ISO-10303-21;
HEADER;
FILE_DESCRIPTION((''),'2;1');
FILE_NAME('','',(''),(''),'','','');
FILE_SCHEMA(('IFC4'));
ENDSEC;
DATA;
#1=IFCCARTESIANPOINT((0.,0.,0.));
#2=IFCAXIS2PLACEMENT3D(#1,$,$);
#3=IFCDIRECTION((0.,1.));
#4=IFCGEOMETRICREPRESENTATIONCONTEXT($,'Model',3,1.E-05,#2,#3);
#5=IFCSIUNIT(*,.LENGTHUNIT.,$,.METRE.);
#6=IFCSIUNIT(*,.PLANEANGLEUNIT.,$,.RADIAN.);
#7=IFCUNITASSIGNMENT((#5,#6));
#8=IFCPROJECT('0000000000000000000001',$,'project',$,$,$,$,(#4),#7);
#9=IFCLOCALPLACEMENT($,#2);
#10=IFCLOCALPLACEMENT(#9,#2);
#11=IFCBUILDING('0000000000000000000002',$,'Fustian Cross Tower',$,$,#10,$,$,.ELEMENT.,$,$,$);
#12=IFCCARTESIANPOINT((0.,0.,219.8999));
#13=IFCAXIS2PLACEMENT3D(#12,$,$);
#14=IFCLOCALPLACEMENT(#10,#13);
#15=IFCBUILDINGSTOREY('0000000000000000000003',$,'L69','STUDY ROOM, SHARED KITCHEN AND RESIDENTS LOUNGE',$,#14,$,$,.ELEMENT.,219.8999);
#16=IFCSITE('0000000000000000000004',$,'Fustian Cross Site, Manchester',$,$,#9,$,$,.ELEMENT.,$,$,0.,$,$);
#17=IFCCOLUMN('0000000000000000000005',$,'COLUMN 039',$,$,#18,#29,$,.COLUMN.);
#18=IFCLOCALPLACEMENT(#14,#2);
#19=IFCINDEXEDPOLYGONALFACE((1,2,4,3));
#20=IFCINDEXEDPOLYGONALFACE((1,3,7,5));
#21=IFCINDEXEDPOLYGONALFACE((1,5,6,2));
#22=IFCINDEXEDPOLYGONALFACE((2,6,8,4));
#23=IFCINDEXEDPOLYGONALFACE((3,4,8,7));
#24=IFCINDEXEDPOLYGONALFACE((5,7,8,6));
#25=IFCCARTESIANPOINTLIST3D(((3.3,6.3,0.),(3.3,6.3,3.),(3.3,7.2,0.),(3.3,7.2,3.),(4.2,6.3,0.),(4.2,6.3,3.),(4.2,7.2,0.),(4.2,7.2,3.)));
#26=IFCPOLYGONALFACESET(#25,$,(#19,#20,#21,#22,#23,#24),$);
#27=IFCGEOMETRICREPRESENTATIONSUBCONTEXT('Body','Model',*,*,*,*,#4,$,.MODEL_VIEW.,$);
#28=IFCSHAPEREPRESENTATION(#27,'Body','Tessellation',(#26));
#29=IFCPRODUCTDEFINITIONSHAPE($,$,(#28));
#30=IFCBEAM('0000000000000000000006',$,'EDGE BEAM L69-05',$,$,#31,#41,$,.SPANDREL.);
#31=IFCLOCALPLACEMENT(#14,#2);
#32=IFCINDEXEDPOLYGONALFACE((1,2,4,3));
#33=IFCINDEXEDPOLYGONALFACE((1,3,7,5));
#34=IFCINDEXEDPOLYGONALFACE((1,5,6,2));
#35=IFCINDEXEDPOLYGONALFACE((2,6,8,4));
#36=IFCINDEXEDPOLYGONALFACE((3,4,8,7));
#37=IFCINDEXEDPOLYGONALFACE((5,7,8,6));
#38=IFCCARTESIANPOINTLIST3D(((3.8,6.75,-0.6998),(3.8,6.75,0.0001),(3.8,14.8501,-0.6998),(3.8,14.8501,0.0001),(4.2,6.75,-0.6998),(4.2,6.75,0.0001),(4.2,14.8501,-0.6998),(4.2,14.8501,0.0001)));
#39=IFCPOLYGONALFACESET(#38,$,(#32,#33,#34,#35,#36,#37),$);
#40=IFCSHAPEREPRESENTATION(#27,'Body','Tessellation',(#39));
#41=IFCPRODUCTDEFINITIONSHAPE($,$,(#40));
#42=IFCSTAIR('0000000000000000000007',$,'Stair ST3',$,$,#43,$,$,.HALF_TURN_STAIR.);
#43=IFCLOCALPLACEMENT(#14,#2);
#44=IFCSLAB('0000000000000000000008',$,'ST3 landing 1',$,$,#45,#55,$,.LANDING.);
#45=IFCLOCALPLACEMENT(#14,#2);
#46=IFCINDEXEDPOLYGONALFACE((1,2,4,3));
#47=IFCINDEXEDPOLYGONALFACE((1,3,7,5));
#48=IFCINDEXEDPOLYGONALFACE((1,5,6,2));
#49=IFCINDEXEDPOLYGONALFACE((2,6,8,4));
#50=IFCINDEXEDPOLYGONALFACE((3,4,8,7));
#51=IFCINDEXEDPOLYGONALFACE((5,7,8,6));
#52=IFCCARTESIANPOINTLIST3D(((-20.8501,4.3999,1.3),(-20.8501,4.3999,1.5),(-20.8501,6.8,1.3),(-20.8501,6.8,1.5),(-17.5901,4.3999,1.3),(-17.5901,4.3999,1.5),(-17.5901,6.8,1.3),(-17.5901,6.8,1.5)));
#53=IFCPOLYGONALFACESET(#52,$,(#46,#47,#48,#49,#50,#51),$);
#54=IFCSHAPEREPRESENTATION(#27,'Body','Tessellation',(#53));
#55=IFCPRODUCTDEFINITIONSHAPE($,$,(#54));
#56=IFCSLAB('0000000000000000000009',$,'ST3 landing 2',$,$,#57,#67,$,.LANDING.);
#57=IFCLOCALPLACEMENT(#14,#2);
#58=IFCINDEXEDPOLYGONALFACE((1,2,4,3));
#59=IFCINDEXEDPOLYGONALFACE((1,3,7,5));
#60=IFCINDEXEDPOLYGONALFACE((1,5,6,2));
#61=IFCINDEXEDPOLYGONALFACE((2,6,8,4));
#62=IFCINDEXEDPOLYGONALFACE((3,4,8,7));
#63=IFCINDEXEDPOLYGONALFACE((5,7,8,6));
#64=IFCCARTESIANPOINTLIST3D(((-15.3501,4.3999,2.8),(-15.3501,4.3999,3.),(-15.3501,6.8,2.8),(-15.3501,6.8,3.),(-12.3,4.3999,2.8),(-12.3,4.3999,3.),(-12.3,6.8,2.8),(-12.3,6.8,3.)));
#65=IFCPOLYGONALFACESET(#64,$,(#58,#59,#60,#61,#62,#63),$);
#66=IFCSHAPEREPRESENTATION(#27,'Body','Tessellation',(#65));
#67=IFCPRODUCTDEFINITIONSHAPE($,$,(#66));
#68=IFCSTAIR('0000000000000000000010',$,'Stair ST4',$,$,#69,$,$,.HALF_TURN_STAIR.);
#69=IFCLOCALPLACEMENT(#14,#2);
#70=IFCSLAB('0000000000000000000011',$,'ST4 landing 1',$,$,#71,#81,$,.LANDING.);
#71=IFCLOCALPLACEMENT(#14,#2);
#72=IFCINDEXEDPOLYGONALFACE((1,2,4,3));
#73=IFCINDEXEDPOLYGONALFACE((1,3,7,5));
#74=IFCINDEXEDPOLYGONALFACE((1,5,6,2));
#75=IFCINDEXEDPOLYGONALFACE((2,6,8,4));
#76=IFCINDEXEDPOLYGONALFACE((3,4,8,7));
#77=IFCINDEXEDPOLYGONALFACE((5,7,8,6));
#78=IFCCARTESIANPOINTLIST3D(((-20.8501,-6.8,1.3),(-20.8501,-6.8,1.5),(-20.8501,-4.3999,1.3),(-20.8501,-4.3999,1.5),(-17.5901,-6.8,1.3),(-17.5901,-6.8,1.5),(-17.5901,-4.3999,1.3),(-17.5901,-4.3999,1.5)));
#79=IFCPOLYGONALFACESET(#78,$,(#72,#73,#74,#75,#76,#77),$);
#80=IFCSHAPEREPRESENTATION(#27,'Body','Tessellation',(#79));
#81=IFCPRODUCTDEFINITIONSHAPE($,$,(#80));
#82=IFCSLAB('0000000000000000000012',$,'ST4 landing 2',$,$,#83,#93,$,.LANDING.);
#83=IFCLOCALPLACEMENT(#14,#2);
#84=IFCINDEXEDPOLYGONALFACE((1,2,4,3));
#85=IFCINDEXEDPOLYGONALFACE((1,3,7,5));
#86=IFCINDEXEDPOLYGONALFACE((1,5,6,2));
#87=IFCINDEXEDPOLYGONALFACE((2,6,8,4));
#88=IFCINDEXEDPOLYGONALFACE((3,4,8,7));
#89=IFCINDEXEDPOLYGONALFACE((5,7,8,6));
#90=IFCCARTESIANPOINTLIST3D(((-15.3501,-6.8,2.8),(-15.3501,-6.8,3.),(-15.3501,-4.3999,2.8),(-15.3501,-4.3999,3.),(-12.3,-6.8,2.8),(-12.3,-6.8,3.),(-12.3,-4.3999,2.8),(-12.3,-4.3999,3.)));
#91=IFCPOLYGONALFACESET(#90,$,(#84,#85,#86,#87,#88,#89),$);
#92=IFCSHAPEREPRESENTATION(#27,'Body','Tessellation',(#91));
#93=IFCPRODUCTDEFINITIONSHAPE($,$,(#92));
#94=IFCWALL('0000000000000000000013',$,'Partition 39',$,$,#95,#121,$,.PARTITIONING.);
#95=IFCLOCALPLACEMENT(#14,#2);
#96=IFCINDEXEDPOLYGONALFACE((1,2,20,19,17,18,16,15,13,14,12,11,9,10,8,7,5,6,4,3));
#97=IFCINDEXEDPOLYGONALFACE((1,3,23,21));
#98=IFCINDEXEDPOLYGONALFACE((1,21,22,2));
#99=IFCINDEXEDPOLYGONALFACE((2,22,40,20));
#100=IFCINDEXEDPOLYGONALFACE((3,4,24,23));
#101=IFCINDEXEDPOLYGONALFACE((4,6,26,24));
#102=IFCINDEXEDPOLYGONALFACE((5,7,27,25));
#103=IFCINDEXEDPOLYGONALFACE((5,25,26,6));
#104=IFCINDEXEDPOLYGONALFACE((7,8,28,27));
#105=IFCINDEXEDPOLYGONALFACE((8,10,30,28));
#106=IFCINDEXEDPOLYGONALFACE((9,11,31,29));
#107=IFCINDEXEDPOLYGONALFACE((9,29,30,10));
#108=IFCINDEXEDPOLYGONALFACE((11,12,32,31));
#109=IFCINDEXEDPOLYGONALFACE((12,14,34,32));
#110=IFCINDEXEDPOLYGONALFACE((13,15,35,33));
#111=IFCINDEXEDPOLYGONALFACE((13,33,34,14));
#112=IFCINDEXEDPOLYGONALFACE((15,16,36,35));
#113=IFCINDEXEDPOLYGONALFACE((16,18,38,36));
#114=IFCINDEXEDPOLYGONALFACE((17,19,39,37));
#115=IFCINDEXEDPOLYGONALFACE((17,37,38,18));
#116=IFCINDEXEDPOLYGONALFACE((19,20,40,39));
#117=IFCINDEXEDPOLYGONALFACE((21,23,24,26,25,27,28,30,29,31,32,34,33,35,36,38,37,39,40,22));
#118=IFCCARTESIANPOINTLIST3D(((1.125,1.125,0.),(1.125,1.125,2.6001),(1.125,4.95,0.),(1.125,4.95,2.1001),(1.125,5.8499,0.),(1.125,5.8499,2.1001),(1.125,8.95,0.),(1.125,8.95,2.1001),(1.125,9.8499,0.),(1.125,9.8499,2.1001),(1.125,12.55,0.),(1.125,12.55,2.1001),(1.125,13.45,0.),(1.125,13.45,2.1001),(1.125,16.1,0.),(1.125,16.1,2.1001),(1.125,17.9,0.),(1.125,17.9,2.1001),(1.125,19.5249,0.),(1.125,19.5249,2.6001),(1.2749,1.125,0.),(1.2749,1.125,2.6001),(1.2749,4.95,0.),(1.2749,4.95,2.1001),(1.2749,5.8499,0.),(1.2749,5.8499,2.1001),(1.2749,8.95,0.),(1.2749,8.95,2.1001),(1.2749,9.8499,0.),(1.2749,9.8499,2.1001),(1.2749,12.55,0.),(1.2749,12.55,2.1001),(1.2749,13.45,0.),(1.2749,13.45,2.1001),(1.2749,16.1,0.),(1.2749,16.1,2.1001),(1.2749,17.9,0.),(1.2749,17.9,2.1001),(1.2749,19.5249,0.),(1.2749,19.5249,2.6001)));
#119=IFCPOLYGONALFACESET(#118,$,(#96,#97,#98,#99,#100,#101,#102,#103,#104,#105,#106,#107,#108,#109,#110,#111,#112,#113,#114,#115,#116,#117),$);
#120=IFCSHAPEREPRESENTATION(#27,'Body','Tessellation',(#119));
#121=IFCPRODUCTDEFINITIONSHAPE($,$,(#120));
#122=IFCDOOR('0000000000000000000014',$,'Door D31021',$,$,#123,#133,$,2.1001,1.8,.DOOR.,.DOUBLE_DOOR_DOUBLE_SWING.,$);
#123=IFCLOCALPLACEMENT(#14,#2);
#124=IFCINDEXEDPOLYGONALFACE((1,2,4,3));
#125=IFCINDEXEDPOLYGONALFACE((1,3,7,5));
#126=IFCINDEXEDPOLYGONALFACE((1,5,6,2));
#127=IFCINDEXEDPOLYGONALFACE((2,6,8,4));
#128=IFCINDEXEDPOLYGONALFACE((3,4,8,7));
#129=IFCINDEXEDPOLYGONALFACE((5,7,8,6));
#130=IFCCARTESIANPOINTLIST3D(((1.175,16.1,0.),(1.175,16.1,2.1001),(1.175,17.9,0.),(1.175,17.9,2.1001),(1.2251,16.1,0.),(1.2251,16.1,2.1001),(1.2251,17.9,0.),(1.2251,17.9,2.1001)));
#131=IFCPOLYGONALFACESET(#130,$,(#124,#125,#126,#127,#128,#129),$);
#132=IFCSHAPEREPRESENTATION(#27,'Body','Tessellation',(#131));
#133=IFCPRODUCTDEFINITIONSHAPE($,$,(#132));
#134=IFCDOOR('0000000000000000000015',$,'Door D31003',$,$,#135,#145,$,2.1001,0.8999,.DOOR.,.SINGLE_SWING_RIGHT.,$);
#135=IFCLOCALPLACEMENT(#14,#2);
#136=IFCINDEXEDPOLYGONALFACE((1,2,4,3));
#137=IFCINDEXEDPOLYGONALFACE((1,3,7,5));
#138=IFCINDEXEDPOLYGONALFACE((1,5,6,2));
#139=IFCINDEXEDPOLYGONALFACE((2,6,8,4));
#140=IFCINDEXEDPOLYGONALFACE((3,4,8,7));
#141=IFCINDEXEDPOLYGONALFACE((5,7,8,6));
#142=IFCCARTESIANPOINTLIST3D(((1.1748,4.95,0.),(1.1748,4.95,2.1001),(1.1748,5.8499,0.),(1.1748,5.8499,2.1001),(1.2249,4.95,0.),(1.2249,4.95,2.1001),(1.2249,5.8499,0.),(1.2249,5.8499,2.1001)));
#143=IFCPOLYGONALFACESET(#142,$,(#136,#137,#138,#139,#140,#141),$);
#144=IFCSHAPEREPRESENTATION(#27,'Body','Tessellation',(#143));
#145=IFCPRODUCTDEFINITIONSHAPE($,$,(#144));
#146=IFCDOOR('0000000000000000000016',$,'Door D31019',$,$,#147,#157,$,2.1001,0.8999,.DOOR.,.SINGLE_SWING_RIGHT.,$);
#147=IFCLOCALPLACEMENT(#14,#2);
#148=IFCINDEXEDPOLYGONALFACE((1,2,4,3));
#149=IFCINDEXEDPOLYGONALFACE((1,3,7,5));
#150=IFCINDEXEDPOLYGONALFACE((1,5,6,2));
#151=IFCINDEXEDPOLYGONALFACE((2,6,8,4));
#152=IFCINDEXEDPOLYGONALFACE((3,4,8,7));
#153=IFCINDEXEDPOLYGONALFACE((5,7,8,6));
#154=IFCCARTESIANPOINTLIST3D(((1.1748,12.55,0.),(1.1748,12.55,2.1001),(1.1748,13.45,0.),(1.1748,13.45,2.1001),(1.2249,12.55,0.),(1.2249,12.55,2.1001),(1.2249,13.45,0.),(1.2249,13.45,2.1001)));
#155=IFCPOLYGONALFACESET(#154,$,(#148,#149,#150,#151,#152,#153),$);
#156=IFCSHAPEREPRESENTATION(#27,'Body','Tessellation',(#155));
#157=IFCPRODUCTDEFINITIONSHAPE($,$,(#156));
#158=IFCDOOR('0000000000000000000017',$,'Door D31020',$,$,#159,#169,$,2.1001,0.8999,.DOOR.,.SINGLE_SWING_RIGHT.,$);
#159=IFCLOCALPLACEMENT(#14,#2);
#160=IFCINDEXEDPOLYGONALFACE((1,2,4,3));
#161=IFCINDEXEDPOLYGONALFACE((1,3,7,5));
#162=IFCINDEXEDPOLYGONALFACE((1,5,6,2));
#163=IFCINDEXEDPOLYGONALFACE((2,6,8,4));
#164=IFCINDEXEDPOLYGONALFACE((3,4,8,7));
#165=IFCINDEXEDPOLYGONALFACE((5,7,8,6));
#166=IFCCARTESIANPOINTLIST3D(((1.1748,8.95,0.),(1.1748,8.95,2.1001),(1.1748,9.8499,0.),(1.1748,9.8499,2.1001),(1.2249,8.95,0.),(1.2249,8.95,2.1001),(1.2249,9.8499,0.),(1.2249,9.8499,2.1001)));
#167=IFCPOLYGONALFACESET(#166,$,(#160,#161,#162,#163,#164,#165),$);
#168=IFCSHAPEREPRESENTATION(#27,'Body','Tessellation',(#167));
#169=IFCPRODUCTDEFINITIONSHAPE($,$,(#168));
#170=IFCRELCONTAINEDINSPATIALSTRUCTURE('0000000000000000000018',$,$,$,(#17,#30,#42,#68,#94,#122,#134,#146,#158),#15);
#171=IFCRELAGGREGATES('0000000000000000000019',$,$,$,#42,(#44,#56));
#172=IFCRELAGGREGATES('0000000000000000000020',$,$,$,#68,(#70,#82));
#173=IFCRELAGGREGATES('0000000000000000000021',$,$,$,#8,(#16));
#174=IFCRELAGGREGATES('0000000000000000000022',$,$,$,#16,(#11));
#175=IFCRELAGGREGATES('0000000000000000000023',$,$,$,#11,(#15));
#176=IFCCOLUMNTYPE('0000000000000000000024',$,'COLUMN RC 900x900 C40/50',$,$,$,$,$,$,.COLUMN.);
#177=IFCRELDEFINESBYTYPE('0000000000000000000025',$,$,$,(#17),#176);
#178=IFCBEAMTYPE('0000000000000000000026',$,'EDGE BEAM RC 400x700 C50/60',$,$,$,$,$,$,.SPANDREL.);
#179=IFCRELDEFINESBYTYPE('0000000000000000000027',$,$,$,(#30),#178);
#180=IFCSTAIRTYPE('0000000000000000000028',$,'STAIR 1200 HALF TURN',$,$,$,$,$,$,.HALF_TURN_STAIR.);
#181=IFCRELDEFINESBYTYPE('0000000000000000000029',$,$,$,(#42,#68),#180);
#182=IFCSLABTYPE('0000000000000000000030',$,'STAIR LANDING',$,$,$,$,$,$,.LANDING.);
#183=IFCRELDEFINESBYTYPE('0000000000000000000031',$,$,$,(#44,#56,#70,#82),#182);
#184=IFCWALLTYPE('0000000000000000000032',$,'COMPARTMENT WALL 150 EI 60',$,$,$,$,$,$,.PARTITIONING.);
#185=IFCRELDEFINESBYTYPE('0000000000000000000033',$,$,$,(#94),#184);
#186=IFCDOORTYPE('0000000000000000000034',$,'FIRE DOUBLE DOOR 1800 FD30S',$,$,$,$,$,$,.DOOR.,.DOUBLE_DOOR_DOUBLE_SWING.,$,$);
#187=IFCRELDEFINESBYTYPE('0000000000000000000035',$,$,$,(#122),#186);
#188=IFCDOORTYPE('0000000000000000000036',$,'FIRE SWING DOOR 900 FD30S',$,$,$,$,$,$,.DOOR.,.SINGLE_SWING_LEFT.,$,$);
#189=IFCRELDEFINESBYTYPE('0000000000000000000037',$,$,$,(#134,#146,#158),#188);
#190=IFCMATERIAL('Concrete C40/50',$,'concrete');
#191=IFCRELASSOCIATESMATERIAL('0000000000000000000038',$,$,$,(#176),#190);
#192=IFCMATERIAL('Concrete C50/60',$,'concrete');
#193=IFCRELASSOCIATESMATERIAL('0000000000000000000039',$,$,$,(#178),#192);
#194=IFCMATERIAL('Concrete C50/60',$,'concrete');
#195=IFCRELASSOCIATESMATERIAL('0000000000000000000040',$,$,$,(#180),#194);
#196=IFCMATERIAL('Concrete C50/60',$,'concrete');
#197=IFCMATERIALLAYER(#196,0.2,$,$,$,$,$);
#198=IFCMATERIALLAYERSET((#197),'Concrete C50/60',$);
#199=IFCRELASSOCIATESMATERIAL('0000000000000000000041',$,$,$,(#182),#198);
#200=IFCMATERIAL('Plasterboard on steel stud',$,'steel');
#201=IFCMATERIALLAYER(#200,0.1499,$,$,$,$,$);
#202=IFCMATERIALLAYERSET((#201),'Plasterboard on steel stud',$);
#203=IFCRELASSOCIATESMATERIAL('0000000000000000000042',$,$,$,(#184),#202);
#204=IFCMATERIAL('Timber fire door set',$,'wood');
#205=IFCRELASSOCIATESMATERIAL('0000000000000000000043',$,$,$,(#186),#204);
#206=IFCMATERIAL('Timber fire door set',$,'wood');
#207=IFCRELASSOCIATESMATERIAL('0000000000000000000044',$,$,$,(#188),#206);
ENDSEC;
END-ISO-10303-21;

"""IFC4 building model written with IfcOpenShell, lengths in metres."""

from ifc_helpers import new_model, si_unit, direction, frame, frame_2d, origin, origin_2d, place, context, subcontext, project, spatial, polyline, rectangle, outline, extrude, material, layer, layer_set, material_profile, profile_set, type_object, element, fill, aggregate, save


model = new_model("IFC4")

# Units and contexts
model_context = context("Model", 3, precision=1e-05, world=origin(), true_north=direction((0.0, 1.0)))
body_context = subcontext(model_context, "Body", "Model", "MODEL_VIEW")
ifc_project = project(units=[si_unit("LENGTHUNIT", "METRE"), si_unit("PLANEANGLEUNIT", "RADIAN")], contexts=[model_context])

# Site, building, storey
site_placement = place(None, origin())
site = spatial("IfcSite", under=ifc_project, at=site_placement, Name="Fustian Cross Site, Manchester", CompositionType="ELEMENT", RefElevation=0.0)
building_placement = place(site_placement, origin())
building = spatial("IfcBuilding", under=site, at=building_placement, Name="Fustian Cross Tower", CompositionType="ELEMENT")
storey_placement = place(building_placement, frame((0.0, 0.0, 219.8999)))
storey = spatial("IfcBuildingStorey", under=building, at=storey_placement, Name="L69", Description="STUDY ROOM, SHARED KITCHEN AND RESIDENTS LOUNGE", CompositionType="ELEMENT", Elevation=219.8999)

# Column
ifc_material_1 = material(Name="Concrete C40/50", Category="concrete")
ifc_material_profile_1 = material_profile(ifc_material_1, rectangle(XDim=0.8999, YDim=0.8999, at=origin_2d()), Name="RC 900x900")
ifc_profile_set_1 = profile_set([ifc_material_profile_1], Name="Concrete C40/50")
column_type = type_object("IfcColumnType", Name="COLUMN RC 900x900 C40/50", PredefinedType="COLUMN", material=ifc_profile_set_1)
column_placement = place(storey_placement, frame((3.75, 6.75, 0.0), z_axis=(0.0, 0.0, 1.0), x_axis=(1.0, 0.0, 0.0)))
element("IfcColumn", 1, at=column_placement, inside=storey, type_object=column_type, Name="COLUMN 039", PredefinedType="COLUMN", context=body_context, shape_type="SweptSolid", body=[
    extrude(rectangle(XDim=0.8999, YDim=0.8999, at=origin_2d()), origin(), (0.0, 0.0, 1.0), 3.0),
])

# Beam
ifc_material_2 = material(Name="Concrete C50/60", Category="concrete")
ifc_material_profile_2 = material_profile(ifc_material_2, rectangle(XDim=0.3999, YDim=0.7, at=origin_2d()), Name="RC 400x700")
ifc_profile_set_2 = profile_set([ifc_material_profile_2], Name="Concrete C50/60")
beam_type = type_object("IfcBeamType", Name="EDGE BEAM RC 400x700 C50/60", PredefinedType="SPANDREL", material=ifc_profile_set_2)
beam_placement = place(storey_placement, frame((4.0, 6.75, -0.3499), z_axis=(0.0, 1.0, 0.0), x_axis=(-1.0, 0.0, 0.0)))
element("IfcBeam", 2, at=beam_placement, inside=storey, type_object=beam_type, Name="EDGE BEAM L69-05", PredefinedType="SPANDREL", context=body_context, shape_type="SweptSolid", body=[
    extrude(rectangle(XDim=0.3999, YDim=0.7, at=origin_2d()), origin(), (0.0, 0.0, 1.0), 8.1001),
])

# Stairs, slabs
ifc_material_3 = material(Name="Concrete C50/60", Category="concrete")
stair_type = type_object("IfcStairType", Name="STAIR 1200 HALF TURN", PredefinedType="HALF_TURN_STAIR", material=ifc_material_3)
stair_1_placement = place(storey_placement, origin())
stair_1 = element("IfcStair", 3, at=stair_1_placement, inside=storey, type_object=stair_type, Name="Stair ST3", PredefinedType="HALF_TURN_STAIR")
ifc_material_4 = material(Name="Concrete C50/60", Category="concrete")
ifc_layer_1 = layer(ifc_material_4, 0.2)
ifc_layer_set_1 = layer_set([ifc_layer_1], Name="Concrete C50/60")
slab_type = type_object("IfcSlabType", Name="STAIR LANDING", PredefinedType="LANDING", material=ifc_layer_set_1)
slab_1_placement = place(storey_placement, frame((0.0, 0.0, 1.3)))
slab_1 = element("IfcSlab", 4, at=slab_1_placement, type_object=slab_type, Name="ST3 landing 1", PredefinedType="LANDING", context=body_context, shape_type="SweptSolid", body=[
    extrude(outline(polyline([(-17.5901, 4.3999), (-20.8501, 4.3999), (-20.8501, 6.8), (-17.5901, 6.8), (-17.5901, 4.3999)])), origin(), (0.0, 0.0, 1.0), 0.2),
])
slab_2_placement = place(storey_placement, frame((0.0, 0.0, 2.8)))
slab_2 = element("IfcSlab", 5, at=slab_2_placement, type_object=slab_type, Name="ST3 landing 2", PredefinedType="LANDING", context=body_context, shape_type="SweptSolid", body=[
    extrude(outline(polyline([(-12.3, 4.3999), (-15.3501, 4.3999), (-15.3501, 6.8), (-12.3, 6.8), (-12.3, 4.3999)])), origin(), (0.0, 0.0, 1.0), 0.2),
])
aggregate(stair_1, [slab_1, slab_2])
stair_2_placement = place(storey_placement, origin())
stair_2 = element("IfcStair", 6, at=stair_2_placement, inside=storey, type_object=stair_type, Name="Stair ST4", PredefinedType="HALF_TURN_STAIR")
slab_3_placement = place(storey_placement, frame((0.0, 0.0, 1.3)))
slab_3 = element("IfcSlab", 7, at=slab_3_placement, type_object=slab_type, Name="ST4 landing 1", PredefinedType="LANDING", context=body_context, shape_type="SweptSolid", body=[
    extrude(outline(polyline([(-17.5901, -4.3999), (-20.8501, -4.3999), (-20.8501, -6.8), (-17.5901, -6.8), (-17.5901, -4.3999)])), origin(), (0.0, 0.0, 1.0), 0.2),
])
slab_4_placement = place(storey_placement, frame((0.0, 0.0, 2.8)))
slab_4 = element("IfcSlab", 8, at=slab_4_placement, type_object=slab_type, Name="ST4 landing 2", PredefinedType="LANDING", context=body_context, shape_type="SweptSolid", body=[
    extrude(outline(polyline([(-12.3, -4.3999), (-15.3501, -4.3999), (-15.3501, -6.8), (-12.3, -6.8), (-12.3, -4.3999)])), origin(), (0.0, 0.0, 1.0), 0.2),
])
aggregate(stair_2, [slab_3, slab_4])

# Wall, openings, doors
ifc_material_5 = material(Name="Plasterboard on steel stud", Category="steel")
ifc_layer_2 = layer(ifc_material_5, 0.1499)
ifc_layer_set_2 = layer_set([ifc_layer_2], Name="Plasterboard on steel stud")
wall_type_1 = type_object("IfcWallType", Name="COMPARTMENT WALL 150 EI 60", PredefinedType="PARTITIONING", material=ifc_layer_set_2)
wall_1_placement = place(storey_placement, frame((1.2, 1.125, 0.0), z_axis=(0.0, 0.0, 1.0), x_axis=(0.0, 1.0, 0.0)))
wall_1 = element("IfcWall", 9, at=wall_1_placement, inside=storey, type_object=wall_type_1, Name="Partition 39", PredefinedType="PARTITIONING", context=body_context, shape_type="SweptSolid", body=[
    extrude(rectangle(XDim=18.3999, YDim=0.1499, at=frame_2d((9.2, 0.0))), origin(), (0.0, 0.0, 1.0), 2.6001),
])
opening_1_placement = place(wall_1_placement, frame((3.825, 0.0, 0.0)))
opening_1 = element("IfcOpeningElement", 10, at=opening_1_placement, cuts=wall_1, PredefinedType="OPENING", context=body_context, shape_type="SweptSolid", body=[
    extrude(rectangle(XDim=0.8999, YDim=2.1001, at=frame_2d((0.45, 1.05))), frame((0.0, 0.085, 0.0), z_axis=(0.0, -1.0, 0.0), x_axis=(1.0, 0.0, 0.0)), (0.0, 0.0, 1.0), 0.1699),
])
opening_2_placement = place(wall_1_placement, frame((11.425, 0.0, 0.0)))
opening_2 = element("IfcOpeningElement", 11, at=opening_2_placement, cuts=wall_1, PredefinedType="OPENING", context=body_context, shape_type="SweptSolid", body=[
    extrude(rectangle(XDim=0.8999, YDim=2.1001, at=frame_2d((0.45, 1.05))), frame((0.0, 0.085, 0.0), z_axis=(0.0, -1.0, 0.0), x_axis=(1.0, 0.0, 0.0)), (0.0, 0.0, 1.0), 0.1699),
])
opening_3_placement = place(wall_1_placement, frame((7.825, 0.0, 0.0)))
opening_3 = element("IfcOpeningElement", 12, at=opening_3_placement, cuts=wall_1, PredefinedType="OPENING", context=body_context, shape_type="SweptSolid", body=[
    extrude(rectangle(XDim=0.8999, YDim=2.1001, at=frame_2d((0.45, 1.05))), frame((0.0, 0.085, 0.0), z_axis=(0.0, -1.0, 0.0), x_axis=(1.0, 0.0, 0.0)), (0.0, 0.0, 1.0), 0.1699),
])
opening_4_placement = place(wall_1_placement, frame((14.9751, 0.0, 0.0)))
opening_4 = element("IfcOpeningElement", 13, at=opening_4_placement, cuts=wall_1, PredefinedType="OPENING", context=body_context, shape_type="SweptSolid", body=[
    extrude(rectangle(XDim=1.8, YDim=2.1001, at=frame_2d((0.8999, 1.05))), frame((0.0, 0.085, 0.0), z_axis=(0.0, -1.0, 0.0), x_axis=(1.0, 0.0, 0.0)), (0.0, 0.0, 1.0), 0.1699),
])
ifc_material_6 = material(Name="Timber fire door set", Category="wood")
door_type_1 = type_object("IfcDoorType", Name="FIRE DOUBLE DOOR 1800 FD30S", OperationType="DOUBLE_DOOR_DOUBLE_SWING", PredefinedType="DOOR", material=ifc_material_6)
door_1_placement = place(opening_4_placement, origin())
door_1 = element("IfcDoor", 14, at=door_1_placement, inside=storey, type_object=door_type_1, Name="Door D31021", OperationType="DOUBLE_DOOR_DOUBLE_SWING", OverallHeight=2.1001, OverallWidth=1.8, PredefinedType="DOOR", context=body_context, shape_type="SweptSolid", body=[
    extrude(rectangle(XDim=1.8, YDim=2.1001, at=frame_2d((0.8999, 1.05))), frame((0.0, 0.0249, 0.0), z_axis=(0.0, -1.0, 0.0), x_axis=(1.0, 0.0, 0.0)), (0.0, 0.0, 1.0), 0.05),
])
fill(opening_4, door_1)
ifc_material_7 = material(Name="Timber fire door set", Category="wood")
door_type_2 = type_object("IfcDoorType", Name="FIRE SWING DOOR 900 FD30S", OperationType="SINGLE_SWING_LEFT", PredefinedType="DOOR", material=ifc_material_7)
door_2_placement = place(opening_1_placement, frame((0.8999, 0.0, 0.0), z_axis=(0.0, 0.0, 1.0), x_axis=(-1.0, 0.0, 0.0)))
door_2 = element("IfcDoor", 15, at=door_2_placement, inside=storey, type_object=door_type_2, Name="Door D31003", OperationType="SINGLE_SWING_RIGHT", OverallHeight=2.1001, OverallWidth=0.8999, PredefinedType="DOOR", context=body_context, shape_type="SweptSolid", body=[
    extrude(rectangle(XDim=0.8999, YDim=2.1001, at=frame_2d((0.45, 1.05))), frame((0.0, 0.0249, 0.0), z_axis=(0.0, -1.0, 0.0), x_axis=(1.0, 0.0, 0.0)), (0.0, 0.0, 1.0), 0.05),
])
fill(opening_1, door_2)
door_3_placement = place(opening_2_placement, frame((0.8999, 0.0, 0.0), z_axis=(0.0, 0.0, 1.0), x_axis=(-1.0, 0.0, 0.0)))
door_3 = element("IfcDoor", 16, at=door_3_placement, inside=storey, type_object=door_type_2, Name="Door D31019", OperationType="SINGLE_SWING_RIGHT", OverallHeight=2.1001, OverallWidth=0.8999, PredefinedType="DOOR", context=body_context, shape_type="SweptSolid", body=[
    extrude(rectangle(XDim=0.8999, YDim=2.1001, at=frame_2d((0.45, 1.05))), frame((0.0, 0.0249, 0.0), z_axis=(0.0, -1.0, 0.0), x_axis=(1.0, 0.0, 0.0)), (0.0, 0.0, 1.0), 0.05),
])
fill(opening_2, door_3)
door_4_placement = place(opening_3_placement, frame((0.8999, 0.0, 0.0), z_axis=(0.0, 0.0, 1.0), x_axis=(-1.0, 0.0, 0.0)))
door_4 = element("IfcDoor", 17, at=door_4_placement, inside=storey, type_object=door_type_2, Name="Door D31020", OperationType="SINGLE_SWING_RIGHT", OverallHeight=2.1001, OverallWidth=0.8999, PredefinedType="DOOR", context=body_context, shape_type="SweptSolid", body=[
    extrude(rectangle(XDim=0.8999, YDim=2.1001, at=frame_2d((0.45, 1.05))), frame((0.0, 0.0249, 0.0), z_axis=(0.0, -1.0, 0.0), x_axis=(1.0, 0.0, 0.0)), (0.0, 0.0, 1.0), 0.05),
])
fill(opening_3, door_4)

save(model, "model.ifc")
